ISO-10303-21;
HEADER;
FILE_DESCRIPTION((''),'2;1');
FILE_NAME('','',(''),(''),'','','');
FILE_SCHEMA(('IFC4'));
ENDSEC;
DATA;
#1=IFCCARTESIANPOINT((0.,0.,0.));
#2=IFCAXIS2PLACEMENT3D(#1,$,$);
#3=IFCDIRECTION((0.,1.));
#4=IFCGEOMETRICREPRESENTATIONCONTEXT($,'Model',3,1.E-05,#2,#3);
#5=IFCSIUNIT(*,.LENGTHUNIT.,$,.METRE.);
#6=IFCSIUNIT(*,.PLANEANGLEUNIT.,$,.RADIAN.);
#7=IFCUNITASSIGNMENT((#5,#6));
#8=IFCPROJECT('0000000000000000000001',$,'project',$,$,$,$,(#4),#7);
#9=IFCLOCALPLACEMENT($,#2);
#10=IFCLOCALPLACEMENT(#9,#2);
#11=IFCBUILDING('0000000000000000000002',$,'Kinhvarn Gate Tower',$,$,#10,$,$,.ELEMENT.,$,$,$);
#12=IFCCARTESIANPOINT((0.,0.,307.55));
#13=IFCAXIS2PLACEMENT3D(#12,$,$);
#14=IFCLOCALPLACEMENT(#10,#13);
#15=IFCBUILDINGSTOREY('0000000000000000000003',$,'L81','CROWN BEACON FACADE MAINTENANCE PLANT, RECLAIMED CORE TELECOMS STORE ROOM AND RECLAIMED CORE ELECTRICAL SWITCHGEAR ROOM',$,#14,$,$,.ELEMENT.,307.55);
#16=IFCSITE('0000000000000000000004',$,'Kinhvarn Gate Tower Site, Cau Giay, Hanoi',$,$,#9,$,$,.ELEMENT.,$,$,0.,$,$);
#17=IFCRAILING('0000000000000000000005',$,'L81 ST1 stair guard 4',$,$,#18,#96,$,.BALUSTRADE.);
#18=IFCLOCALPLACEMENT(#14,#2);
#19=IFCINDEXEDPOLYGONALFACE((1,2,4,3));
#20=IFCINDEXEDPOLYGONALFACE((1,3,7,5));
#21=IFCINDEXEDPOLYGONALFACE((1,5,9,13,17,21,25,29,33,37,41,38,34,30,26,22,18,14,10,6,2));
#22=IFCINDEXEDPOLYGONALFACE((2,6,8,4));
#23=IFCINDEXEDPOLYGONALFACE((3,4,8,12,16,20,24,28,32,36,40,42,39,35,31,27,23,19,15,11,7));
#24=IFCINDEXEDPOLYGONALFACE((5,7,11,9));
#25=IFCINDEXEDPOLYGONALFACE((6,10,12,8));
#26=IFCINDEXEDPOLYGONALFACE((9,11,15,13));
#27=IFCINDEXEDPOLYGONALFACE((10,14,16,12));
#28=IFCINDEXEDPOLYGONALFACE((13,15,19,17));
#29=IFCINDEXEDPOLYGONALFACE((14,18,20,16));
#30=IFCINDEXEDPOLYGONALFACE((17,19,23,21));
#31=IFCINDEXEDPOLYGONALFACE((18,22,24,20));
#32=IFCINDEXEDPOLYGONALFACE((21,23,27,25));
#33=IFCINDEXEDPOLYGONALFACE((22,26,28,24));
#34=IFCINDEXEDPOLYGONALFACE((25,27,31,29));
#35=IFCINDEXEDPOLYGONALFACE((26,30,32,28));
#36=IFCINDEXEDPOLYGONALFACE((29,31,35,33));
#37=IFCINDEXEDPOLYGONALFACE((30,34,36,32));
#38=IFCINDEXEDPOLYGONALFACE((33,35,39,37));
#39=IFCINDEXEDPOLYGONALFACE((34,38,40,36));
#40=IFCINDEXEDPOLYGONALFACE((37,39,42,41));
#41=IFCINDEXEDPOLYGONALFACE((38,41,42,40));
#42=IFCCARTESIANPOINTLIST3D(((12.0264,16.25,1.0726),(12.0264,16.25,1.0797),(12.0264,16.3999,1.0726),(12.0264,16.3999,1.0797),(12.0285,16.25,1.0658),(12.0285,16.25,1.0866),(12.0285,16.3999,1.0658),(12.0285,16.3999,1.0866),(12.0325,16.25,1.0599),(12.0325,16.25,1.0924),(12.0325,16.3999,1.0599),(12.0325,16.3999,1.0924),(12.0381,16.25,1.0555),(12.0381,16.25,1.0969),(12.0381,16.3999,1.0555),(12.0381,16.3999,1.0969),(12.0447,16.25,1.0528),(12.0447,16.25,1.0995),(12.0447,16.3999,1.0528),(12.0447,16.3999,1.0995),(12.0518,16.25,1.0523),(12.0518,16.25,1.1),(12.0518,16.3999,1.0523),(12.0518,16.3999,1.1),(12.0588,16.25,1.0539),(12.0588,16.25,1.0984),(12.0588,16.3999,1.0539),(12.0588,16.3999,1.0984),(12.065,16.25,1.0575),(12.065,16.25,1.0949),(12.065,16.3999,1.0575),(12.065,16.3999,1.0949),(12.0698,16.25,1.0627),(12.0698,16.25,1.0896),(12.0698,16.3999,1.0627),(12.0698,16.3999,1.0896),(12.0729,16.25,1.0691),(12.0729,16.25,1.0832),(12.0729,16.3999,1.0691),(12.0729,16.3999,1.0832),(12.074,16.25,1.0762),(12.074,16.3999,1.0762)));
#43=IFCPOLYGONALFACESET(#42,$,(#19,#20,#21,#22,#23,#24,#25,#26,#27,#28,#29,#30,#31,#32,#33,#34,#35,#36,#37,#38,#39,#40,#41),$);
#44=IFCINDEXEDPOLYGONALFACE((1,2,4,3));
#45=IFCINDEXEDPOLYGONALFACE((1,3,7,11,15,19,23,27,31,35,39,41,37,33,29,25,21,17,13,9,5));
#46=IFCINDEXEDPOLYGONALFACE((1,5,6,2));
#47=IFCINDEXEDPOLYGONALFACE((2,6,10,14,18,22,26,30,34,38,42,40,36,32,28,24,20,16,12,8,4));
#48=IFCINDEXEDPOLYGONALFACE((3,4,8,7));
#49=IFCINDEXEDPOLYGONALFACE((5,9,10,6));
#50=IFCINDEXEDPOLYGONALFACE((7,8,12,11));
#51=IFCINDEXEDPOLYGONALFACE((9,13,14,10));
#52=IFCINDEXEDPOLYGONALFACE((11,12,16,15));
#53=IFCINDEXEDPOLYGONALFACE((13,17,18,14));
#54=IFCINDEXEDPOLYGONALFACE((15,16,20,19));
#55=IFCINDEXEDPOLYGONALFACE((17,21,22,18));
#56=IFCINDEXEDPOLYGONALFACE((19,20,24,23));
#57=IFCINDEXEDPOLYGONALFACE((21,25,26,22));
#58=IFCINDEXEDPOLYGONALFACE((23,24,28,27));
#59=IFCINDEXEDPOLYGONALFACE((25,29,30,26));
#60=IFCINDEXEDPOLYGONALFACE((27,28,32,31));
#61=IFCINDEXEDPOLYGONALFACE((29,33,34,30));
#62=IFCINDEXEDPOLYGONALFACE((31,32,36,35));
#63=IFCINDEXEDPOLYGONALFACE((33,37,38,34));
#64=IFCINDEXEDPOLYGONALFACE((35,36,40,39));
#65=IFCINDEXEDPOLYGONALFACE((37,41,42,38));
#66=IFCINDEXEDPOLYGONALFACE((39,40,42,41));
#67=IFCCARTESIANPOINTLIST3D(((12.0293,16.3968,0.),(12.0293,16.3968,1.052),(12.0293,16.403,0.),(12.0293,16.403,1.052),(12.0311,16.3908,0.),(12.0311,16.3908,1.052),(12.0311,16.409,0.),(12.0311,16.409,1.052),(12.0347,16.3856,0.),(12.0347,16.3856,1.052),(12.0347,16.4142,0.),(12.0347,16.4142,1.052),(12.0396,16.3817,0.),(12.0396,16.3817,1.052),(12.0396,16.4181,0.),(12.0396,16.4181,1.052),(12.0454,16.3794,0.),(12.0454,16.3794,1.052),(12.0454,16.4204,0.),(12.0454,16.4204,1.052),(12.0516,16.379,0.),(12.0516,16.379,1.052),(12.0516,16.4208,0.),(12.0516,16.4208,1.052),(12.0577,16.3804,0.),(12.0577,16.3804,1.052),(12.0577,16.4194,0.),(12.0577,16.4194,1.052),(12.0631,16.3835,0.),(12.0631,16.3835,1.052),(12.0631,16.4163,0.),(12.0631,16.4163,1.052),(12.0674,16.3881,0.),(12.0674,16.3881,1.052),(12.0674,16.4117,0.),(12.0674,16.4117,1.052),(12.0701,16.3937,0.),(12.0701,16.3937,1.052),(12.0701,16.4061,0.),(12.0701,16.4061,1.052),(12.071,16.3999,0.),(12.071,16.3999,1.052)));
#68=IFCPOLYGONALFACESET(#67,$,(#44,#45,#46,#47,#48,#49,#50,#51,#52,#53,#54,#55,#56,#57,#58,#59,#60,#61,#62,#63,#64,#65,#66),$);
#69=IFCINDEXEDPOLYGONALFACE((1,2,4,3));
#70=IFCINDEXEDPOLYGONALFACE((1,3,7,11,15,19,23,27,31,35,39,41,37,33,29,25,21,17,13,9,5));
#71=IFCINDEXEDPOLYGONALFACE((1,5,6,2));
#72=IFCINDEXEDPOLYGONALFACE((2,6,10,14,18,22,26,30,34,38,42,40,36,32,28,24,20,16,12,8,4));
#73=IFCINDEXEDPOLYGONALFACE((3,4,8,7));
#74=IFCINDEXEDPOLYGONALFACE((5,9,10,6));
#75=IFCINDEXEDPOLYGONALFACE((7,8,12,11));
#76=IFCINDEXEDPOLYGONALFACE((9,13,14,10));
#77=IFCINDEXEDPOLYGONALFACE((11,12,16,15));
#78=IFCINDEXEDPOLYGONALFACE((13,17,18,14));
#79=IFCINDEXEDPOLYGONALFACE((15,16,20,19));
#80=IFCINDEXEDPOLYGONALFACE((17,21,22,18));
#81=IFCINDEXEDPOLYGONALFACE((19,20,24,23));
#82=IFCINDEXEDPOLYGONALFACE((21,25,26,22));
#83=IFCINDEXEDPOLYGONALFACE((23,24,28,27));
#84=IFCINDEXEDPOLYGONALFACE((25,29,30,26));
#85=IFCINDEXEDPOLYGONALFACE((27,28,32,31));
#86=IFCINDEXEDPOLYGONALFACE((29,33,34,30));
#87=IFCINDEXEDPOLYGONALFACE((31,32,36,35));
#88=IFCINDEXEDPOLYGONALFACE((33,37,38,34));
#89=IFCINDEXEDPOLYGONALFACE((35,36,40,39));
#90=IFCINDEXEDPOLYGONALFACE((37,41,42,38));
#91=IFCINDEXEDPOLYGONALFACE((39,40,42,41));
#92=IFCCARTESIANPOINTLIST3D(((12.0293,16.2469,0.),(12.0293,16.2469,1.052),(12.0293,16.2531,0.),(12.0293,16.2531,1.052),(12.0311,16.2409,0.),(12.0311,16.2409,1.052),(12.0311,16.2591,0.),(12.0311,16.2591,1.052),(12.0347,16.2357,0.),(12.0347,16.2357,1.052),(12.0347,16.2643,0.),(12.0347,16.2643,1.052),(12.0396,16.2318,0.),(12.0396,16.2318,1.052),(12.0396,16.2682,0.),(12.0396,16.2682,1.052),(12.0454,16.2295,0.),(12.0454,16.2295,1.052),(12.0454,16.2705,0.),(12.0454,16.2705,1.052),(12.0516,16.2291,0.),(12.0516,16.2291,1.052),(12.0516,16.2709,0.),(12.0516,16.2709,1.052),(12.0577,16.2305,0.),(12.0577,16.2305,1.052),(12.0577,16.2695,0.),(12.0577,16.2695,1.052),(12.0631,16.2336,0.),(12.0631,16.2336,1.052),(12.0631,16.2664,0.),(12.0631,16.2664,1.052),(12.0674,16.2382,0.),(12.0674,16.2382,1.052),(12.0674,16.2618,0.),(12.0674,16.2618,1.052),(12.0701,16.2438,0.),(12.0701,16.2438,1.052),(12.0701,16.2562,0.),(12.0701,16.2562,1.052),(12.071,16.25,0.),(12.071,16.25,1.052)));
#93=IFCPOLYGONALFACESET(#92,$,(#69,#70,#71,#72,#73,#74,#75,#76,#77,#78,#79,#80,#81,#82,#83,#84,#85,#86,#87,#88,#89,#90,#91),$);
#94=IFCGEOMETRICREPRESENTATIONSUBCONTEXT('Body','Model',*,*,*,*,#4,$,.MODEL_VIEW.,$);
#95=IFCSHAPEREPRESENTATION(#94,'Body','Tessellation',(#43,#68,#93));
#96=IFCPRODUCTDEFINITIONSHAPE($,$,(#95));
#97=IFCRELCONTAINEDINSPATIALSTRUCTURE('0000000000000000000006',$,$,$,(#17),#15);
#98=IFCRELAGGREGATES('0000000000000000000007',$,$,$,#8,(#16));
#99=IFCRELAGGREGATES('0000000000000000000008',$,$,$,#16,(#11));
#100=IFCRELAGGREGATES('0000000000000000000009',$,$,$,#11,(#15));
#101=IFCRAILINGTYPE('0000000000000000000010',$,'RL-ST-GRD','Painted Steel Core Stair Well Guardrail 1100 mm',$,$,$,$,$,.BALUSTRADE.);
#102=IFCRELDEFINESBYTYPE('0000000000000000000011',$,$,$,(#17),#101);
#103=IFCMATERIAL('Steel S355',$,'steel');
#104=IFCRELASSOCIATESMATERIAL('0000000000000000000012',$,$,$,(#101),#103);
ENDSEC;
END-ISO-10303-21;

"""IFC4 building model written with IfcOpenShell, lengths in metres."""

from ifc_helpers import new_model, si_unit, direction, frame, origin, origin_2d, place, context, subcontext, project, spatial, circle, extrude, material, type_object, element, save


model = new_model("IFC4")

# Units and contexts
model_context = context("Model", 3, precision=1e-05, world=origin(), true_north=direction((0.0, 1.0)))
body_context = subcontext(model_context, "Body", "Model", "MODEL_VIEW")
ifc_project = project(units=[si_unit("LENGTHUNIT", "METRE"), si_unit("PLANEANGLEUNIT", "RADIAN")], contexts=[model_context])

# Site, building, storey
site_placement = place(None, origin())
site = spatial("IfcSite", under=ifc_project, at=site_placement, Name="Kinhvarn Gate Tower Site, Cau Giay, Hanoi", CompositionType="ELEMENT", RefElevation=0.0)
building_placement = place(site_placement, origin())
building = spatial("IfcBuilding", under=site, at=building_placement, Name="Kinhvarn Gate Tower", CompositionType="ELEMENT")
storey_placement = place(building_placement, frame((0.0, 0.0, 307.55)))
storey = spatial("IfcBuildingStorey", under=building, at=storey_placement, Name="L81", Description="CROWN BEACON FACADE MAINTENANCE PLANT, RECLAIMED CORE TELECOMS STORE ROOM AND RECLAIMED CORE ELECTRICAL SWITCHGEAR ROOM", CompositionType="ELEMENT", Elevation=307.55)

# Railing
ifc_material_1 = material(Name="Steel S355", Category="steel")
railing_type_1 = type_object("IfcRailingType", Name="RL-ST-GRD", Description="Painted Steel Core Stair Well Guardrail 1100 mm", PredefinedType="BALUSTRADE", material=ifc_material_1)
railing_1_placement = place(storey_placement, frame((12.05, 16.3999, 0.0)))
element("IfcRailing", 1, at=railing_1_placement, inside=storey, type_object=railing_type_1, Name="L81 ST1 stair guard 4", PredefinedType="BALUSTRADE", context=body_context, shape_type="SweptSolid", body=[
    extrude(circle(Radius=0.0239, at=origin_2d()), frame((0.0, 0.0, 1.0762), z_axis=(0.0, -1.0, 0.0), x_axis=(1.0, 0.0, 0.0)), (0.0, 0.0, 1.0), 0.1499),
    extrude(circle(Radius=0.021, at=origin_2d()), origin(), (0.0, 0.0, 1.0), 1.052),
    extrude(circle(Radius=0.021, at=origin_2d()), frame((0.0, -0.1499, 0.0)), (0.0, 0.0, 1.0), 1.052),
])

save(model, "model.ifc")
